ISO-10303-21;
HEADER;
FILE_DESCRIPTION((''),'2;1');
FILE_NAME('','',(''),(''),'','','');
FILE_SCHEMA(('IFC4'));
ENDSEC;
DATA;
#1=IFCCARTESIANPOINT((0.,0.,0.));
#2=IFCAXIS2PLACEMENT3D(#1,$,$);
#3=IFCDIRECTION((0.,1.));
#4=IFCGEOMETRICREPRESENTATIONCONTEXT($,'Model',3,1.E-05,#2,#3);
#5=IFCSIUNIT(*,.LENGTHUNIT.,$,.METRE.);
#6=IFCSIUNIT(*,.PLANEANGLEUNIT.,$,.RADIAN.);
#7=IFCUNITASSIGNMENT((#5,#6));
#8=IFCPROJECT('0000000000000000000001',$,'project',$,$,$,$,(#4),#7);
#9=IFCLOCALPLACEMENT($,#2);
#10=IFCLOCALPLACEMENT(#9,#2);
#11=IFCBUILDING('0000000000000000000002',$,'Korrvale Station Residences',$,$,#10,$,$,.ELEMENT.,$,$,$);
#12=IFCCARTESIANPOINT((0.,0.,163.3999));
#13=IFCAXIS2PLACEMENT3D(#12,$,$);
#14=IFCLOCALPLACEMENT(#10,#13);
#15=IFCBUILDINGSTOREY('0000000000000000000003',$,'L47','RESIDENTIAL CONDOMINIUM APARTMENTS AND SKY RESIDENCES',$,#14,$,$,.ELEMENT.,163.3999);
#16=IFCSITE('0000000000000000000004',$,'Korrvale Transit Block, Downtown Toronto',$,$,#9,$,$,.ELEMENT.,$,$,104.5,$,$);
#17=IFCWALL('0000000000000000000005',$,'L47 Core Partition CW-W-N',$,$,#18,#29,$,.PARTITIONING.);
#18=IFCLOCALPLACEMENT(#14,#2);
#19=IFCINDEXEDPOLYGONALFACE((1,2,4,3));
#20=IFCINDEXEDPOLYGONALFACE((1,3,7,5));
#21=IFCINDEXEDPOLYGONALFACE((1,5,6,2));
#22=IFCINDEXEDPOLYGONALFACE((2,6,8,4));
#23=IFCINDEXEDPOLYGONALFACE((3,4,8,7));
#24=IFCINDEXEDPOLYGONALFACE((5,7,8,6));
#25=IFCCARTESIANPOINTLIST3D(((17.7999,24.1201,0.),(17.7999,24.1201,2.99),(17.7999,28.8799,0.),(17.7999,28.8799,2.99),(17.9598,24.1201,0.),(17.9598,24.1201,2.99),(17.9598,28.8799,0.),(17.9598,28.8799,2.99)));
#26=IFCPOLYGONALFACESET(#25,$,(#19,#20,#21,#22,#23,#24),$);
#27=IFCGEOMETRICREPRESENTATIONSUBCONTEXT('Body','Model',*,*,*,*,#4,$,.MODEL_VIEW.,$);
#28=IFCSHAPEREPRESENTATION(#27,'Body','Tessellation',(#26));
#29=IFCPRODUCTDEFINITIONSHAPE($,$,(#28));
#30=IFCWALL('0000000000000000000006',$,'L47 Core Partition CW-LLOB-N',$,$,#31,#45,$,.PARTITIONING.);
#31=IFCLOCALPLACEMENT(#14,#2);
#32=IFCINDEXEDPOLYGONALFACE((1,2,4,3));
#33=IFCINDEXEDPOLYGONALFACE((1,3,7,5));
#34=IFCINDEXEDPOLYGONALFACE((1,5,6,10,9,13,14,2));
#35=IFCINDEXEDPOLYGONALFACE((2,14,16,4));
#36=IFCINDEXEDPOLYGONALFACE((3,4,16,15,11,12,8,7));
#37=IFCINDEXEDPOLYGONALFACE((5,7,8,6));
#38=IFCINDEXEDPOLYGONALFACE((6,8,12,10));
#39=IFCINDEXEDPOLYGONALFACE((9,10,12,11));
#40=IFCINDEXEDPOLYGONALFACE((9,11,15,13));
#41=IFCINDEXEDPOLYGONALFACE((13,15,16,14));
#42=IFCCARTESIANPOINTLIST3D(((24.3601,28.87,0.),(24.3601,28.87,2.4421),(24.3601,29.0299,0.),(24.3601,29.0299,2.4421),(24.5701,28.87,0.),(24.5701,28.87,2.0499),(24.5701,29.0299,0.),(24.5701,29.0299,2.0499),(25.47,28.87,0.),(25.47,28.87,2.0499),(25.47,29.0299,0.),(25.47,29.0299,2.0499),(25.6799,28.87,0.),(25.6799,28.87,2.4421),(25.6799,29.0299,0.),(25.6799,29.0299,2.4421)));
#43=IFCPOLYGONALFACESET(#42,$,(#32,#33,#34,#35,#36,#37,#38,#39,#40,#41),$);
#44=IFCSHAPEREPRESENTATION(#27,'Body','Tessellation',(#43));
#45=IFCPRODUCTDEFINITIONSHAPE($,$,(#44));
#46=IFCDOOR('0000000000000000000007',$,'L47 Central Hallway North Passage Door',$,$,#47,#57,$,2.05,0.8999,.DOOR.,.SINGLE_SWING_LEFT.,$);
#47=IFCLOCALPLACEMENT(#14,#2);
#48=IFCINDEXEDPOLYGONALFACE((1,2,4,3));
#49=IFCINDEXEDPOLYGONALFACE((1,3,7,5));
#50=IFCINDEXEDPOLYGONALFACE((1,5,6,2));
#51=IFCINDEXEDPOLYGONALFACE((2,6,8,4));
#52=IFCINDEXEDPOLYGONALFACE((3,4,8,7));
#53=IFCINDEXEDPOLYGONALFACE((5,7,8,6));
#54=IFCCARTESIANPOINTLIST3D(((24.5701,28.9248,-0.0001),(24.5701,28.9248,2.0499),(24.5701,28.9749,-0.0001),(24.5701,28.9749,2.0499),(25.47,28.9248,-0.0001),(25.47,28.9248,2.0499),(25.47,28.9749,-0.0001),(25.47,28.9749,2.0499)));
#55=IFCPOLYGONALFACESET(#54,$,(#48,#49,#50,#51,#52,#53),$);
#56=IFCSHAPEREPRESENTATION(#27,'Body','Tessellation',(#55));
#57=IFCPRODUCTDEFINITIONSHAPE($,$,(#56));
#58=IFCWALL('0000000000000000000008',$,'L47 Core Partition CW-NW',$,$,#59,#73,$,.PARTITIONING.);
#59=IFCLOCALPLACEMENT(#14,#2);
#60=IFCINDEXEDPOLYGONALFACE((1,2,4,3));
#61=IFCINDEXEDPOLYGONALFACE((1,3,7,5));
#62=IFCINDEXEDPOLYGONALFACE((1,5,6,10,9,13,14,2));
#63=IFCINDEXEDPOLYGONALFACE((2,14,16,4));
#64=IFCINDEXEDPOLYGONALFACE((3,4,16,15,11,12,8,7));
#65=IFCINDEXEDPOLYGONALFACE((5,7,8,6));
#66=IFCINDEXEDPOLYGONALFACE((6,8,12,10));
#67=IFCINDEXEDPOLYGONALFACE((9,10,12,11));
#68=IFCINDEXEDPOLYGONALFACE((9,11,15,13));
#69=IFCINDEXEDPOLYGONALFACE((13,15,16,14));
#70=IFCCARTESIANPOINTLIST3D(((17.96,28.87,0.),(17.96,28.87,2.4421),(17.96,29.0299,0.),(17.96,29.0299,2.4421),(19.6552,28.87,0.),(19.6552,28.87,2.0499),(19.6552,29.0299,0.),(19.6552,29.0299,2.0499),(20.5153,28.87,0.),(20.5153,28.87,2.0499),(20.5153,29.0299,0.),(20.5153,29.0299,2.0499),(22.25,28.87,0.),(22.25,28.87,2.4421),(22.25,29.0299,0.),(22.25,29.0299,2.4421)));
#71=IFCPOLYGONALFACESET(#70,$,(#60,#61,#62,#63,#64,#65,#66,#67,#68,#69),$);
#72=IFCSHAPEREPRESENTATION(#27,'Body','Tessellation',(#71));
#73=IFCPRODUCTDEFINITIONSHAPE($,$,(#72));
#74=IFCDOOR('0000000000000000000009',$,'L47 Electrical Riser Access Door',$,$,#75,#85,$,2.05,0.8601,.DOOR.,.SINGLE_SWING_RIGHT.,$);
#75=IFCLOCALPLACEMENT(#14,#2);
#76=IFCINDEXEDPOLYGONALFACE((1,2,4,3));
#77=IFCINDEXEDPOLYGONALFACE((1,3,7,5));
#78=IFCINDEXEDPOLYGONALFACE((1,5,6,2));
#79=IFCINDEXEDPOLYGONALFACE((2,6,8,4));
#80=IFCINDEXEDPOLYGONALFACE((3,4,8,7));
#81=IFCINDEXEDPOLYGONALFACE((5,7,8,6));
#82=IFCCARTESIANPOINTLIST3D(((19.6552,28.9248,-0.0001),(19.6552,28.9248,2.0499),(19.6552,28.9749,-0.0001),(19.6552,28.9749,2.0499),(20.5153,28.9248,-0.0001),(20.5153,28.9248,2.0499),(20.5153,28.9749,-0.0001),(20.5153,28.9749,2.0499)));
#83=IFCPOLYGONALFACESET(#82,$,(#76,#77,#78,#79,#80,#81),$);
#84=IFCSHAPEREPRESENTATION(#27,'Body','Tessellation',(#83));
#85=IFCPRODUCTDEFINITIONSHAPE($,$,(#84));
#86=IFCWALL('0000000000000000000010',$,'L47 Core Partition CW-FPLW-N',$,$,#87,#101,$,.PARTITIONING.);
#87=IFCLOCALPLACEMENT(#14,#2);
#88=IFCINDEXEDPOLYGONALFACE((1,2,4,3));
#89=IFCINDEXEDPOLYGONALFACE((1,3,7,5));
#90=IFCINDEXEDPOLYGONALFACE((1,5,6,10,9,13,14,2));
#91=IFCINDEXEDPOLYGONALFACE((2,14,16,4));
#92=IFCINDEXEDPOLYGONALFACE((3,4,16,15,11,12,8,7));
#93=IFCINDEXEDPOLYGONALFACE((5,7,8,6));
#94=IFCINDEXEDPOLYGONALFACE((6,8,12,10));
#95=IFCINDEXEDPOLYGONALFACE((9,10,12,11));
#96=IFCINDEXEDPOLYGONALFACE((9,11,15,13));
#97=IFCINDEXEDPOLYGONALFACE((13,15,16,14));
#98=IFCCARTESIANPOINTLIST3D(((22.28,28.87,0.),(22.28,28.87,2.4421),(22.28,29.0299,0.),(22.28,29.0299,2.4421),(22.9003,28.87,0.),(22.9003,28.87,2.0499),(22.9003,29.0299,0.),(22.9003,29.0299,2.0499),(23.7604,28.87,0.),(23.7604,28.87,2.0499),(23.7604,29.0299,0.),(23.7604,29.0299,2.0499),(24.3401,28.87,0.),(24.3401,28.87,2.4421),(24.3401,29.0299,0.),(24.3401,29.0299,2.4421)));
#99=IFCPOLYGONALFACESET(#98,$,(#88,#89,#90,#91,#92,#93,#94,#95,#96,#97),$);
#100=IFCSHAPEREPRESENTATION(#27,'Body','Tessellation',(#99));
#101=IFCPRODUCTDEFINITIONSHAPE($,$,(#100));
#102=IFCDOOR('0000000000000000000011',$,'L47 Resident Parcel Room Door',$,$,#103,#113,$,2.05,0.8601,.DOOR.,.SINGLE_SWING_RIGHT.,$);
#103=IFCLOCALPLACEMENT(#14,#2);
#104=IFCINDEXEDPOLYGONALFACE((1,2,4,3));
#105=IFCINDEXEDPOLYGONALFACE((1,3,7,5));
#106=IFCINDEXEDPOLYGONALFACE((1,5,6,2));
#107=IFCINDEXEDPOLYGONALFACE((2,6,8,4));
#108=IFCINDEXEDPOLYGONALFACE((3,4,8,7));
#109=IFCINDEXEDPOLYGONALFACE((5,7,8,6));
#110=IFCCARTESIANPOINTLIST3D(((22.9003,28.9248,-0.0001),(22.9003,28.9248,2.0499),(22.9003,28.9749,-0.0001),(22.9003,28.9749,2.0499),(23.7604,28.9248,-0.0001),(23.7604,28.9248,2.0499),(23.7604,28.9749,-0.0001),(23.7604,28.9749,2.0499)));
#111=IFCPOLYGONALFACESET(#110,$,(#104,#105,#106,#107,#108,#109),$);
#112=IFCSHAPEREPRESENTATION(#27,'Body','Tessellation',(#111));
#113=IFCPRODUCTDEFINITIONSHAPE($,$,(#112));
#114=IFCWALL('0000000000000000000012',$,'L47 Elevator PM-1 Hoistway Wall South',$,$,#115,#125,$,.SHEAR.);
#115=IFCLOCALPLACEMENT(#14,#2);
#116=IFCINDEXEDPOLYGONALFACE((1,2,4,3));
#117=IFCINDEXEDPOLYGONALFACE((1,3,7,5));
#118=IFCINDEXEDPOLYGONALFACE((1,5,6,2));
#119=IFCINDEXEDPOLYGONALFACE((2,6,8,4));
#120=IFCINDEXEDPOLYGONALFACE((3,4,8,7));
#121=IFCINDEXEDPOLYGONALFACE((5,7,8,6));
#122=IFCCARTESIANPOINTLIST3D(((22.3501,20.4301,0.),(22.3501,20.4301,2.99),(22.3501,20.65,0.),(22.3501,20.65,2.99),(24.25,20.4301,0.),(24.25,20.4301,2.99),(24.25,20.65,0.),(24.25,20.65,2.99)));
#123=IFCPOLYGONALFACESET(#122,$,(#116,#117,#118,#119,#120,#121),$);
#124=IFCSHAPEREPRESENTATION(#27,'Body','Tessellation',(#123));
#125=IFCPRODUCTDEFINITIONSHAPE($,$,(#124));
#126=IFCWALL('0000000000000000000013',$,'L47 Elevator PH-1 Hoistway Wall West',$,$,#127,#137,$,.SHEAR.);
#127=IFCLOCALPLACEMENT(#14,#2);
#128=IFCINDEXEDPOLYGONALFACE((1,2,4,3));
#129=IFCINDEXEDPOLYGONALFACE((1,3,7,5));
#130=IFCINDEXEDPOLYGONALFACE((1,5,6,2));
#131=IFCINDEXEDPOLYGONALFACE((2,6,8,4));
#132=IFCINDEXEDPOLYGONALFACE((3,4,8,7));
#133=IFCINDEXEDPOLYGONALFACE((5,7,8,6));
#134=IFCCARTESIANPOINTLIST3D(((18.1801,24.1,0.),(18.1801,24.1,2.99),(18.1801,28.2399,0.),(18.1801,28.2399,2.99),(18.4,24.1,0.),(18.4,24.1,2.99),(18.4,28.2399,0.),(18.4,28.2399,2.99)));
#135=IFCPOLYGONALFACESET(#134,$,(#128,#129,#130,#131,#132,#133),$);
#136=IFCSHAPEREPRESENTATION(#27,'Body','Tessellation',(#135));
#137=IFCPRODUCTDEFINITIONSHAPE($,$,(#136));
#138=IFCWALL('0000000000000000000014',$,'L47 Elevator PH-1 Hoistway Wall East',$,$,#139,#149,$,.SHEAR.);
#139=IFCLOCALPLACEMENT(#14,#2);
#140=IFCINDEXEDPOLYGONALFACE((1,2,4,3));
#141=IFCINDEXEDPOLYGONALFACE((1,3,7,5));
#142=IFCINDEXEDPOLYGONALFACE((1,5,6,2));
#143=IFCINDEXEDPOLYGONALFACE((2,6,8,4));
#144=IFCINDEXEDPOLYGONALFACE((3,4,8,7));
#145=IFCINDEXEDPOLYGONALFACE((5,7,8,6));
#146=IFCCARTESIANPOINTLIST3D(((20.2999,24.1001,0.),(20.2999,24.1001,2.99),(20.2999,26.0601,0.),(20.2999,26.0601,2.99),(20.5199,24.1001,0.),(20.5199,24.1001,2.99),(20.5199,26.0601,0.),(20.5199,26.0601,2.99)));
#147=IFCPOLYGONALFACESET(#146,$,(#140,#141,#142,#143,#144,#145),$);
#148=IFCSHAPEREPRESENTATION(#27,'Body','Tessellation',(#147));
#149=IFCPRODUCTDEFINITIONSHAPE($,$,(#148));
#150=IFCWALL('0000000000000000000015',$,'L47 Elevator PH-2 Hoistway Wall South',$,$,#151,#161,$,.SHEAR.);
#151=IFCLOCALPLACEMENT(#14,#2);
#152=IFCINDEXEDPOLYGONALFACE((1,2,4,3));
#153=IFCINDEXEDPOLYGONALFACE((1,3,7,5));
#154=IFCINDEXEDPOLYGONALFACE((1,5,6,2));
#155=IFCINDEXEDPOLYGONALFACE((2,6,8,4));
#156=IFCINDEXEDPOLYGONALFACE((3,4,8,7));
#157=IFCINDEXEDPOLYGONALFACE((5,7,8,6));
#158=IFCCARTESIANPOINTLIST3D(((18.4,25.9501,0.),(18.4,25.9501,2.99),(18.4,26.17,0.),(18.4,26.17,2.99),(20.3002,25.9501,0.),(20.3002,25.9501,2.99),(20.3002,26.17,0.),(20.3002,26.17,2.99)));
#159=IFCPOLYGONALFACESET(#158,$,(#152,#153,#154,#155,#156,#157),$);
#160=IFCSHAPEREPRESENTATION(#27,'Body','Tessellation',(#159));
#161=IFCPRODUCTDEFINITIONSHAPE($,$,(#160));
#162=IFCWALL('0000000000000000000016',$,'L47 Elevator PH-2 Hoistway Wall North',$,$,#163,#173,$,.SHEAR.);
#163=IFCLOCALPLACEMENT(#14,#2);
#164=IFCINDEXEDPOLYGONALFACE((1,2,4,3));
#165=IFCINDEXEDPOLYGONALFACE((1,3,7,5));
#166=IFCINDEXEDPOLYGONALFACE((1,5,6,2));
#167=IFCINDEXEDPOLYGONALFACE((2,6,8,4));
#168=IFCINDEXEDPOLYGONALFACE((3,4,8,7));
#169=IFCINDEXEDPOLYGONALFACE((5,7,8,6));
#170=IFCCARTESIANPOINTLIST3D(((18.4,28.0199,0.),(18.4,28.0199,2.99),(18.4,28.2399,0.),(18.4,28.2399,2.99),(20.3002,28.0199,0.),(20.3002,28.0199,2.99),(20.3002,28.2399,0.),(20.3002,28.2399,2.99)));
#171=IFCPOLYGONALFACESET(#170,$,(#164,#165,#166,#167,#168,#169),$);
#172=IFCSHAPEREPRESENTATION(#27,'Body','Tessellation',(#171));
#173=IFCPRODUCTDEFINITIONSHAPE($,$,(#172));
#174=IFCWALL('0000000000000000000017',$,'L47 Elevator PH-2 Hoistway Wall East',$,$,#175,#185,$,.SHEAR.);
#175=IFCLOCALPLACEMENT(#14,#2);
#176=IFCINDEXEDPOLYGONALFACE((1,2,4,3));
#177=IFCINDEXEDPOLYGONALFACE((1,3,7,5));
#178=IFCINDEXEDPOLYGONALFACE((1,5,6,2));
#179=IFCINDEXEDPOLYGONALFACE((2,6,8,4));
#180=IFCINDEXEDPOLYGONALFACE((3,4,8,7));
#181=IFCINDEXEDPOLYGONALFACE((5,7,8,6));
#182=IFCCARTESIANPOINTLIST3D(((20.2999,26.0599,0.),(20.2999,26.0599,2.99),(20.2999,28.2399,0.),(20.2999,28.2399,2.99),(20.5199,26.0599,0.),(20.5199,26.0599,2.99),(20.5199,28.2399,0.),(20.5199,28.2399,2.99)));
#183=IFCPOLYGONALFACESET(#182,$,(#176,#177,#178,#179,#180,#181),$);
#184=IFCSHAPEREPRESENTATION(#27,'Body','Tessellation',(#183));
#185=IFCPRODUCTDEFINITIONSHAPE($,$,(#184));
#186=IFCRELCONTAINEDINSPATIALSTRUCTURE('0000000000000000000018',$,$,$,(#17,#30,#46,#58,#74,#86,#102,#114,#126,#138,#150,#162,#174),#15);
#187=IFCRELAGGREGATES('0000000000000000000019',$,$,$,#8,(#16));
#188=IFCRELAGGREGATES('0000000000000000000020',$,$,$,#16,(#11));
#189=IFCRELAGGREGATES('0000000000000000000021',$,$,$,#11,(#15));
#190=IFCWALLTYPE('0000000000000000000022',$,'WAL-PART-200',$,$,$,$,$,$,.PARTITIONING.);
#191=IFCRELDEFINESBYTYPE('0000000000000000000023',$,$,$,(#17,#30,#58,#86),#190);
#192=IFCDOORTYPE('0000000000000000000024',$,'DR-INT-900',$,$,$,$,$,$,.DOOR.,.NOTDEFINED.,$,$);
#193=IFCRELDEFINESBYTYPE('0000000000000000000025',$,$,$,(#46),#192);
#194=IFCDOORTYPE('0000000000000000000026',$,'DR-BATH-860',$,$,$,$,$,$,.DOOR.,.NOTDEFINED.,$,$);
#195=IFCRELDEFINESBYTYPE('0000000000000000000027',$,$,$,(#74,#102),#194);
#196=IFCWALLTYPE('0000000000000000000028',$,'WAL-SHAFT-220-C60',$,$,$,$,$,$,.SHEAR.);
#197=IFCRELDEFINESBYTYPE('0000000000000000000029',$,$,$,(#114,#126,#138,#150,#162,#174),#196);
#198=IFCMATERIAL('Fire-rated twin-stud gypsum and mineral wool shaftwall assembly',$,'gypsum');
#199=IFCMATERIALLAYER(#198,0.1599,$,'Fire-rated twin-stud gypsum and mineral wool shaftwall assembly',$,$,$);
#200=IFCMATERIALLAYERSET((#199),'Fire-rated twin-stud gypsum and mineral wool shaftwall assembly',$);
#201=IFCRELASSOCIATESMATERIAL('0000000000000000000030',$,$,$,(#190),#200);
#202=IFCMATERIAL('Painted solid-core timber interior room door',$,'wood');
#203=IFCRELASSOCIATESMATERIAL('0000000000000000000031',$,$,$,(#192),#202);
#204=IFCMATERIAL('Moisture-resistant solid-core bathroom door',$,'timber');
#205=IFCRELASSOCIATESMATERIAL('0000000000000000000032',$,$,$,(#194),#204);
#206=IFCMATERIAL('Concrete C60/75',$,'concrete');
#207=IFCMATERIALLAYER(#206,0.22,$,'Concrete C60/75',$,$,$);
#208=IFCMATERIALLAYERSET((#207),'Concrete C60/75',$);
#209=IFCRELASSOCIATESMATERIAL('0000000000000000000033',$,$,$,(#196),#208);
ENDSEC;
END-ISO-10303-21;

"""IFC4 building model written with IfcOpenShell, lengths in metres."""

from ifc_helpers import new_model, si_unit, direction, frame, frame_2d, origin, place, context, subcontext, project, spatial, rectangle, extrude, material, layer, layer_set, type_object, element, fill, save


model = new_model("IFC4")

# Units and contexts
model_context = context("Model", 3, precision=1e-05, world=origin(), true_north=direction((0.0, 1.0)))
body_context = subcontext(model_context, "Body", "Model", "MODEL_VIEW")
ifc_project = project(units=[si_unit("LENGTHUNIT", "METRE"), si_unit("PLANEANGLEUNIT", "RADIAN")], contexts=[model_context])

# Site, building, storey
site_placement = place(None, origin())
site = spatial("IfcSite", under=ifc_project, at=site_placement, Name="Korrvale Transit Block, Downtown Toronto", CompositionType="ELEMENT", RefElevation=104.5)
building_placement = place(site_placement, origin())
building = spatial("IfcBuilding", under=site, at=building_placement, Name="Korrvale Station Residences", CompositionType="ELEMENT")
storey_placement = place(building_placement, frame((0.0, 0.0, 163.3999)))
storey = spatial("IfcBuildingStorey", under=building, at=storey_placement, Name="L47", Description="RESIDENTIAL CONDOMINIUM APARTMENTS AND SKY RESIDENCES", CompositionType="ELEMENT", Elevation=163.3999)

# Shared definitions
ifc_material_1 = material(Name="Concrete C60/75", Category="concrete")

# Wall
ifc_material_2 = material(Name="Fire-rated twin-stud gypsum and mineral wool shaftwall assembly", Category="gypsum")
ifc_layer_1 = layer(ifc_material_2, 0.1599, Name="Fire-rated twin-stud gypsum and mineral wool shaftwall assembly")
ifc_layer_set_1 = layer_set([ifc_layer_1], Name="Fire-rated twin-stud gypsum and mineral wool shaftwall assembly")
wall_type_1 = type_object("IfcWallType", Name="WAL-PART-200", PredefinedType="PARTITIONING", material=ifc_layer_set_1)
wall_1_placement = place(storey_placement, frame((17.8799, 24.1201, 0.0), z_axis=(0.0, 0.0, 1.0), x_axis=(0.0, 1.0, 0.0)))
element("IfcWall", 1, at=wall_1_placement, inside=storey, type_object=wall_type_1, Name="L47 Core Partition CW-W-N", PredefinedType="PARTITIONING", context=body_context, shape_type="SweptSolid", body=[
    extrude(rectangle(XDim=4.7598, YDim=0.1599, at=frame_2d((2.3799, 0.0))), origin(), (0.0, 0.0, 1.0), 2.99),
])

# Walls, openings, doors
wall_2_placement = place(storey_placement, frame((24.3601, 28.95, 0.0), z_axis=(0.0, 0.0, 1.0), x_axis=(1.0, 0.0, 0.0)))
wall_2 = element("IfcWall", 2, at=wall_2_placement, inside=storey, type_object=wall_type_1, Name="L47 Core Partition CW-LLOB-N", PredefinedType="PARTITIONING", context=body_context, shape_type="SweptSolid", body=[
    extrude(rectangle(XDim=1.3198, YDim=0.1599, at=frame_2d((0.6599, 0.0))), origin(), (0.0, 0.0, 1.0), 2.4421),
])
opening_1_placement = place(wall_2_placement, frame((0.21, 0.0, 0.0)))
opening_1 = element("IfcOpeningElement", 3, at=opening_1_placement, cuts=wall_2, PredefinedType="OPENING", context=body_context, shape_type="SweptSolid", body=[
    extrude(rectangle(XDim=0.8999, YDim=2.05, at=frame_2d((0.45, 1.0249))), frame((0.0, 0.0898, 0.0), z_axis=(0.0, -1.0, 0.0), x_axis=(1.0, 0.0, 0.0)), (0.0, 0.0, 1.0), 0.1799),
])
ifc_material_3 = material(Name="Painted solid-core timber interior room door", Category="wood")
door_type_1 = type_object("IfcDoorType", Name="DR-INT-900", OperationType="NOTDEFINED", PredefinedType="DOOR", material=ifc_material_3)
door_1_placement = place(opening_1_placement, origin())
door_1 = element("IfcDoor", 4, at=door_1_placement, inside=storey, type_object=door_type_1, Name="L47 Central Hallway North Passage Door", OperationType="SINGLE_SWING_LEFT", OverallHeight=2.05, OverallWidth=0.8999, PredefinedType="DOOR", context=body_context, shape_type="SweptSolid", body=[
    extrude(rectangle(XDim=0.8999, YDim=2.05, at=frame_2d((0.45, 1.0249))), frame((0.0, 0.0249, 0.0), z_axis=(0.0, -1.0, 0.0), x_axis=(1.0, 0.0, 0.0)), (0.0, 0.0, 1.0), 0.05),
])
fill(opening_1, door_1)
wall_3_placement = place(storey_placement, frame((17.96, 28.95, 0.0), z_axis=(0.0, 0.0, 1.0), x_axis=(1.0, 0.0, 0.0)))
wall_3 = element("IfcWall", 5, at=wall_3_placement, inside=storey, type_object=wall_type_1, Name="L47 Core Partition CW-NW", PredefinedType="PARTITIONING", context=body_context, shape_type="SweptSolid", body=[
    extrude(rectangle(XDim=4.29, YDim=0.1599, at=frame_2d((2.145, 0.0))), origin(), (0.0, 0.0, 1.0), 2.4421),
])
opening_2_placement = place(wall_3_placement, frame((1.6951, 0.0, 0.0)))
opening_2 = element("IfcOpeningElement", 6, at=opening_2_placement, cuts=wall_3, PredefinedType="OPENING", context=body_context, shape_type="SweptSolid", body=[
    extrude(rectangle(XDim=0.8601, YDim=2.05, at=frame_2d((0.4302, 1.0249))), frame((0.0, 0.0898, 0.0), z_axis=(0.0, -1.0, 0.0), x_axis=(1.0, 0.0, 0.0)), (0.0, 0.0, 1.0), 0.1799),
])
ifc_material_4 = material(Name="Moisture-resistant solid-core bathroom door", Category="timber")
door_type_2 = type_object("IfcDoorType", Name="DR-BATH-860", OperationType="NOTDEFINED", PredefinedType="DOOR", material=ifc_material_4)
door_2_placement = place(opening_2_placement, origin())
door_2 = element("IfcDoor", 7, at=door_2_placement, inside=storey, type_object=door_type_2, Name="L47 Electrical Riser Access Door", OperationType="SINGLE_SWING_RIGHT", OverallHeight=2.05, OverallWidth=0.8601, PredefinedType="DOOR", context=body_context, shape_type="SweptSolid", body=[
    extrude(rectangle(XDim=0.8601, YDim=2.05, at=frame_2d((0.4302, 1.0249))), frame((0.0, 0.0249, 0.0), z_axis=(0.0, -1.0, 0.0), x_axis=(1.0, 0.0, 0.0)), (0.0, 0.0, 1.0), 0.05),
])
fill(opening_2, door_2)
wall_4_placement = place(storey_placement, frame((22.28, 28.95, 0.0), z_axis=(0.0, 0.0, 1.0), x_axis=(1.0, 0.0, 0.0)))
wall_4 = element("IfcWall", 8, at=wall_4_placement, inside=storey, type_object=wall_type_1, Name="L47 Core Partition CW-FPLW-N", PredefinedType="PARTITIONING", context=body_context, shape_type="SweptSolid", body=[
    extrude(rectangle(XDim=2.0601, YDim=0.1599, at=frame_2d((1.03, 0.0))), origin(), (0.0, 0.0, 1.0), 2.4421),
])
opening_3_placement = place(wall_4_placement, frame((0.6201, 0.0, 0.0)))
opening_3 = element("IfcOpeningElement", 9, at=opening_3_placement, cuts=wall_4, PredefinedType="OPENING", context=body_context, shape_type="SweptSolid", body=[
    extrude(rectangle(XDim=0.8601, YDim=2.05, at=frame_2d((0.4302, 1.0249))), frame((0.0, 0.0898, 0.0), z_axis=(0.0, -1.0, 0.0), x_axis=(1.0, 0.0, 0.0)), (0.0, 0.0, 1.0), 0.1799),
])
door_3_placement = place(opening_3_placement, origin())
door_3 = element("IfcDoor", 10, at=door_3_placement, inside=storey, type_object=door_type_2, Name="L47 Resident Parcel Room Door", OperationType="SINGLE_SWING_RIGHT", OverallHeight=2.05, OverallWidth=0.8601, PredefinedType="DOOR", context=body_context, shape_type="SweptSolid", body=[
    extrude(rectangle(XDim=0.8601, YDim=2.05, at=frame_2d((0.4302, 1.0249))), frame((0.0, 0.0249, 0.0), z_axis=(0.0, -1.0, 0.0), x_axis=(1.0, 0.0, 0.0)), (0.0, 0.0, 1.0), 0.05),
])
fill(opening_3, door_3)

# Wall
ifc_layer_2 = layer(ifc_material_1, 0.22, Name="Concrete C60/75")
ifc_layer_set_2 = layer_set([ifc_layer_2], Name="Concrete C60/75")
wall_type_2 = type_object("IfcWallType", Name="WAL-SHAFT-220-C60", PredefinedType="SHEAR", material=ifc_layer_set_2)
wall_5_placement = place(storey_placement, frame((22.3501, 20.54, 0.0), z_axis=(0.0, 0.0, 1.0), x_axis=(1.0, 0.0, 0.0)))
element("IfcWall", 11, at=wall_5_placement, inside=storey, type_object=wall_type_2, Name="L47 Elevator PM-1 Hoistway Wall South", PredefinedType="SHEAR", context=body_context, shape_type="SweptSolid", body=[
    extrude(rectangle(XDim=1.8999, YDim=0.22, at=frame_2d((0.95, 0.0))), origin(), (0.0, 0.0, 1.0), 2.99),
])

# Walls
wall_6_placement = place(storey_placement, frame((18.29, 24.1001, 0.0), z_axis=(0.0, 0.0, 1.0), x_axis=(0.0, 1.0, 0.0)))
element("IfcWall", 12, at=wall_6_placement, inside=storey, type_object=wall_type_2, Name="L47 Elevator PH-1 Hoistway Wall West", PredefinedType="SHEAR", context=body_context, shape_type="SweptSolid", body=[
    extrude(rectangle(XDim=4.1399, YDim=0.22, at=frame_2d((2.0698, 0.0))), origin(), (0.0, 0.0, 1.0), 2.99),
])
wall_7_placement = place(storey_placement, frame((20.4099, 24.1001, 0.0), z_axis=(0.0, 0.0, 1.0), x_axis=(0.0, 1.0, 0.0)))
element("IfcWall", 13, at=wall_7_placement, inside=storey, type_object=wall_type_2, Name="L47 Elevator PH-1 Hoistway Wall East", PredefinedType="SHEAR", context=body_context, shape_type="SweptSolid", body=[
    extrude(rectangle(XDim=1.96, YDim=0.22, at=frame_2d((0.98, 0.0))), origin(), (0.0, 0.0, 1.0), 2.99),
])
for number, where, z_axis, x_axis, name in (
    (14, (18.3999, 26.0601, 0.0), (0.0, 0.0, 1.0), (1.0, 0.0, 0.0), "L47 Elevator PH-2 Hoistway Wall South"),
    (15, (18.3999, 28.1299, 0.0), (0.0, 0.0, 1.0), (1.0, 0.0, 0.0), "L47 Elevator PH-2 Hoistway Wall North"),
):
    element("IfcWall", number, at=place(storey_placement, frame(where, z_axis=z_axis, x_axis=x_axis)), inside=storey, type_object=wall_type_2, Name=name, PredefinedType="SHEAR", context=body_context, shape_type="SweptSolid", body=[
        extrude(rectangle(XDim=1.9001, YDim=0.22, at=frame_2d((0.9502, 0.0))), origin(), (0.0, 0.0, 1.0), 2.99),
    ])
wall_8_placement = place(storey_placement, frame((20.4099, 26.0601, 0.0), z_axis=(0.0, 0.0, 1.0), x_axis=(0.0, 1.0, 0.0)))
element("IfcWall", 16, at=wall_8_placement, inside=storey, type_object=wall_type_2, Name="L47 Elevator PH-2 Hoistway Wall East", PredefinedType="SHEAR", context=body_context, shape_type="SweptSolid", body=[
    extrude(rectangle(XDim=2.1799, YDim=0.22, at=frame_2d((1.0898, 0.0))), origin(), (0.0, 0.0, 1.0), 2.99),
])

save(model, "model.ifc")
